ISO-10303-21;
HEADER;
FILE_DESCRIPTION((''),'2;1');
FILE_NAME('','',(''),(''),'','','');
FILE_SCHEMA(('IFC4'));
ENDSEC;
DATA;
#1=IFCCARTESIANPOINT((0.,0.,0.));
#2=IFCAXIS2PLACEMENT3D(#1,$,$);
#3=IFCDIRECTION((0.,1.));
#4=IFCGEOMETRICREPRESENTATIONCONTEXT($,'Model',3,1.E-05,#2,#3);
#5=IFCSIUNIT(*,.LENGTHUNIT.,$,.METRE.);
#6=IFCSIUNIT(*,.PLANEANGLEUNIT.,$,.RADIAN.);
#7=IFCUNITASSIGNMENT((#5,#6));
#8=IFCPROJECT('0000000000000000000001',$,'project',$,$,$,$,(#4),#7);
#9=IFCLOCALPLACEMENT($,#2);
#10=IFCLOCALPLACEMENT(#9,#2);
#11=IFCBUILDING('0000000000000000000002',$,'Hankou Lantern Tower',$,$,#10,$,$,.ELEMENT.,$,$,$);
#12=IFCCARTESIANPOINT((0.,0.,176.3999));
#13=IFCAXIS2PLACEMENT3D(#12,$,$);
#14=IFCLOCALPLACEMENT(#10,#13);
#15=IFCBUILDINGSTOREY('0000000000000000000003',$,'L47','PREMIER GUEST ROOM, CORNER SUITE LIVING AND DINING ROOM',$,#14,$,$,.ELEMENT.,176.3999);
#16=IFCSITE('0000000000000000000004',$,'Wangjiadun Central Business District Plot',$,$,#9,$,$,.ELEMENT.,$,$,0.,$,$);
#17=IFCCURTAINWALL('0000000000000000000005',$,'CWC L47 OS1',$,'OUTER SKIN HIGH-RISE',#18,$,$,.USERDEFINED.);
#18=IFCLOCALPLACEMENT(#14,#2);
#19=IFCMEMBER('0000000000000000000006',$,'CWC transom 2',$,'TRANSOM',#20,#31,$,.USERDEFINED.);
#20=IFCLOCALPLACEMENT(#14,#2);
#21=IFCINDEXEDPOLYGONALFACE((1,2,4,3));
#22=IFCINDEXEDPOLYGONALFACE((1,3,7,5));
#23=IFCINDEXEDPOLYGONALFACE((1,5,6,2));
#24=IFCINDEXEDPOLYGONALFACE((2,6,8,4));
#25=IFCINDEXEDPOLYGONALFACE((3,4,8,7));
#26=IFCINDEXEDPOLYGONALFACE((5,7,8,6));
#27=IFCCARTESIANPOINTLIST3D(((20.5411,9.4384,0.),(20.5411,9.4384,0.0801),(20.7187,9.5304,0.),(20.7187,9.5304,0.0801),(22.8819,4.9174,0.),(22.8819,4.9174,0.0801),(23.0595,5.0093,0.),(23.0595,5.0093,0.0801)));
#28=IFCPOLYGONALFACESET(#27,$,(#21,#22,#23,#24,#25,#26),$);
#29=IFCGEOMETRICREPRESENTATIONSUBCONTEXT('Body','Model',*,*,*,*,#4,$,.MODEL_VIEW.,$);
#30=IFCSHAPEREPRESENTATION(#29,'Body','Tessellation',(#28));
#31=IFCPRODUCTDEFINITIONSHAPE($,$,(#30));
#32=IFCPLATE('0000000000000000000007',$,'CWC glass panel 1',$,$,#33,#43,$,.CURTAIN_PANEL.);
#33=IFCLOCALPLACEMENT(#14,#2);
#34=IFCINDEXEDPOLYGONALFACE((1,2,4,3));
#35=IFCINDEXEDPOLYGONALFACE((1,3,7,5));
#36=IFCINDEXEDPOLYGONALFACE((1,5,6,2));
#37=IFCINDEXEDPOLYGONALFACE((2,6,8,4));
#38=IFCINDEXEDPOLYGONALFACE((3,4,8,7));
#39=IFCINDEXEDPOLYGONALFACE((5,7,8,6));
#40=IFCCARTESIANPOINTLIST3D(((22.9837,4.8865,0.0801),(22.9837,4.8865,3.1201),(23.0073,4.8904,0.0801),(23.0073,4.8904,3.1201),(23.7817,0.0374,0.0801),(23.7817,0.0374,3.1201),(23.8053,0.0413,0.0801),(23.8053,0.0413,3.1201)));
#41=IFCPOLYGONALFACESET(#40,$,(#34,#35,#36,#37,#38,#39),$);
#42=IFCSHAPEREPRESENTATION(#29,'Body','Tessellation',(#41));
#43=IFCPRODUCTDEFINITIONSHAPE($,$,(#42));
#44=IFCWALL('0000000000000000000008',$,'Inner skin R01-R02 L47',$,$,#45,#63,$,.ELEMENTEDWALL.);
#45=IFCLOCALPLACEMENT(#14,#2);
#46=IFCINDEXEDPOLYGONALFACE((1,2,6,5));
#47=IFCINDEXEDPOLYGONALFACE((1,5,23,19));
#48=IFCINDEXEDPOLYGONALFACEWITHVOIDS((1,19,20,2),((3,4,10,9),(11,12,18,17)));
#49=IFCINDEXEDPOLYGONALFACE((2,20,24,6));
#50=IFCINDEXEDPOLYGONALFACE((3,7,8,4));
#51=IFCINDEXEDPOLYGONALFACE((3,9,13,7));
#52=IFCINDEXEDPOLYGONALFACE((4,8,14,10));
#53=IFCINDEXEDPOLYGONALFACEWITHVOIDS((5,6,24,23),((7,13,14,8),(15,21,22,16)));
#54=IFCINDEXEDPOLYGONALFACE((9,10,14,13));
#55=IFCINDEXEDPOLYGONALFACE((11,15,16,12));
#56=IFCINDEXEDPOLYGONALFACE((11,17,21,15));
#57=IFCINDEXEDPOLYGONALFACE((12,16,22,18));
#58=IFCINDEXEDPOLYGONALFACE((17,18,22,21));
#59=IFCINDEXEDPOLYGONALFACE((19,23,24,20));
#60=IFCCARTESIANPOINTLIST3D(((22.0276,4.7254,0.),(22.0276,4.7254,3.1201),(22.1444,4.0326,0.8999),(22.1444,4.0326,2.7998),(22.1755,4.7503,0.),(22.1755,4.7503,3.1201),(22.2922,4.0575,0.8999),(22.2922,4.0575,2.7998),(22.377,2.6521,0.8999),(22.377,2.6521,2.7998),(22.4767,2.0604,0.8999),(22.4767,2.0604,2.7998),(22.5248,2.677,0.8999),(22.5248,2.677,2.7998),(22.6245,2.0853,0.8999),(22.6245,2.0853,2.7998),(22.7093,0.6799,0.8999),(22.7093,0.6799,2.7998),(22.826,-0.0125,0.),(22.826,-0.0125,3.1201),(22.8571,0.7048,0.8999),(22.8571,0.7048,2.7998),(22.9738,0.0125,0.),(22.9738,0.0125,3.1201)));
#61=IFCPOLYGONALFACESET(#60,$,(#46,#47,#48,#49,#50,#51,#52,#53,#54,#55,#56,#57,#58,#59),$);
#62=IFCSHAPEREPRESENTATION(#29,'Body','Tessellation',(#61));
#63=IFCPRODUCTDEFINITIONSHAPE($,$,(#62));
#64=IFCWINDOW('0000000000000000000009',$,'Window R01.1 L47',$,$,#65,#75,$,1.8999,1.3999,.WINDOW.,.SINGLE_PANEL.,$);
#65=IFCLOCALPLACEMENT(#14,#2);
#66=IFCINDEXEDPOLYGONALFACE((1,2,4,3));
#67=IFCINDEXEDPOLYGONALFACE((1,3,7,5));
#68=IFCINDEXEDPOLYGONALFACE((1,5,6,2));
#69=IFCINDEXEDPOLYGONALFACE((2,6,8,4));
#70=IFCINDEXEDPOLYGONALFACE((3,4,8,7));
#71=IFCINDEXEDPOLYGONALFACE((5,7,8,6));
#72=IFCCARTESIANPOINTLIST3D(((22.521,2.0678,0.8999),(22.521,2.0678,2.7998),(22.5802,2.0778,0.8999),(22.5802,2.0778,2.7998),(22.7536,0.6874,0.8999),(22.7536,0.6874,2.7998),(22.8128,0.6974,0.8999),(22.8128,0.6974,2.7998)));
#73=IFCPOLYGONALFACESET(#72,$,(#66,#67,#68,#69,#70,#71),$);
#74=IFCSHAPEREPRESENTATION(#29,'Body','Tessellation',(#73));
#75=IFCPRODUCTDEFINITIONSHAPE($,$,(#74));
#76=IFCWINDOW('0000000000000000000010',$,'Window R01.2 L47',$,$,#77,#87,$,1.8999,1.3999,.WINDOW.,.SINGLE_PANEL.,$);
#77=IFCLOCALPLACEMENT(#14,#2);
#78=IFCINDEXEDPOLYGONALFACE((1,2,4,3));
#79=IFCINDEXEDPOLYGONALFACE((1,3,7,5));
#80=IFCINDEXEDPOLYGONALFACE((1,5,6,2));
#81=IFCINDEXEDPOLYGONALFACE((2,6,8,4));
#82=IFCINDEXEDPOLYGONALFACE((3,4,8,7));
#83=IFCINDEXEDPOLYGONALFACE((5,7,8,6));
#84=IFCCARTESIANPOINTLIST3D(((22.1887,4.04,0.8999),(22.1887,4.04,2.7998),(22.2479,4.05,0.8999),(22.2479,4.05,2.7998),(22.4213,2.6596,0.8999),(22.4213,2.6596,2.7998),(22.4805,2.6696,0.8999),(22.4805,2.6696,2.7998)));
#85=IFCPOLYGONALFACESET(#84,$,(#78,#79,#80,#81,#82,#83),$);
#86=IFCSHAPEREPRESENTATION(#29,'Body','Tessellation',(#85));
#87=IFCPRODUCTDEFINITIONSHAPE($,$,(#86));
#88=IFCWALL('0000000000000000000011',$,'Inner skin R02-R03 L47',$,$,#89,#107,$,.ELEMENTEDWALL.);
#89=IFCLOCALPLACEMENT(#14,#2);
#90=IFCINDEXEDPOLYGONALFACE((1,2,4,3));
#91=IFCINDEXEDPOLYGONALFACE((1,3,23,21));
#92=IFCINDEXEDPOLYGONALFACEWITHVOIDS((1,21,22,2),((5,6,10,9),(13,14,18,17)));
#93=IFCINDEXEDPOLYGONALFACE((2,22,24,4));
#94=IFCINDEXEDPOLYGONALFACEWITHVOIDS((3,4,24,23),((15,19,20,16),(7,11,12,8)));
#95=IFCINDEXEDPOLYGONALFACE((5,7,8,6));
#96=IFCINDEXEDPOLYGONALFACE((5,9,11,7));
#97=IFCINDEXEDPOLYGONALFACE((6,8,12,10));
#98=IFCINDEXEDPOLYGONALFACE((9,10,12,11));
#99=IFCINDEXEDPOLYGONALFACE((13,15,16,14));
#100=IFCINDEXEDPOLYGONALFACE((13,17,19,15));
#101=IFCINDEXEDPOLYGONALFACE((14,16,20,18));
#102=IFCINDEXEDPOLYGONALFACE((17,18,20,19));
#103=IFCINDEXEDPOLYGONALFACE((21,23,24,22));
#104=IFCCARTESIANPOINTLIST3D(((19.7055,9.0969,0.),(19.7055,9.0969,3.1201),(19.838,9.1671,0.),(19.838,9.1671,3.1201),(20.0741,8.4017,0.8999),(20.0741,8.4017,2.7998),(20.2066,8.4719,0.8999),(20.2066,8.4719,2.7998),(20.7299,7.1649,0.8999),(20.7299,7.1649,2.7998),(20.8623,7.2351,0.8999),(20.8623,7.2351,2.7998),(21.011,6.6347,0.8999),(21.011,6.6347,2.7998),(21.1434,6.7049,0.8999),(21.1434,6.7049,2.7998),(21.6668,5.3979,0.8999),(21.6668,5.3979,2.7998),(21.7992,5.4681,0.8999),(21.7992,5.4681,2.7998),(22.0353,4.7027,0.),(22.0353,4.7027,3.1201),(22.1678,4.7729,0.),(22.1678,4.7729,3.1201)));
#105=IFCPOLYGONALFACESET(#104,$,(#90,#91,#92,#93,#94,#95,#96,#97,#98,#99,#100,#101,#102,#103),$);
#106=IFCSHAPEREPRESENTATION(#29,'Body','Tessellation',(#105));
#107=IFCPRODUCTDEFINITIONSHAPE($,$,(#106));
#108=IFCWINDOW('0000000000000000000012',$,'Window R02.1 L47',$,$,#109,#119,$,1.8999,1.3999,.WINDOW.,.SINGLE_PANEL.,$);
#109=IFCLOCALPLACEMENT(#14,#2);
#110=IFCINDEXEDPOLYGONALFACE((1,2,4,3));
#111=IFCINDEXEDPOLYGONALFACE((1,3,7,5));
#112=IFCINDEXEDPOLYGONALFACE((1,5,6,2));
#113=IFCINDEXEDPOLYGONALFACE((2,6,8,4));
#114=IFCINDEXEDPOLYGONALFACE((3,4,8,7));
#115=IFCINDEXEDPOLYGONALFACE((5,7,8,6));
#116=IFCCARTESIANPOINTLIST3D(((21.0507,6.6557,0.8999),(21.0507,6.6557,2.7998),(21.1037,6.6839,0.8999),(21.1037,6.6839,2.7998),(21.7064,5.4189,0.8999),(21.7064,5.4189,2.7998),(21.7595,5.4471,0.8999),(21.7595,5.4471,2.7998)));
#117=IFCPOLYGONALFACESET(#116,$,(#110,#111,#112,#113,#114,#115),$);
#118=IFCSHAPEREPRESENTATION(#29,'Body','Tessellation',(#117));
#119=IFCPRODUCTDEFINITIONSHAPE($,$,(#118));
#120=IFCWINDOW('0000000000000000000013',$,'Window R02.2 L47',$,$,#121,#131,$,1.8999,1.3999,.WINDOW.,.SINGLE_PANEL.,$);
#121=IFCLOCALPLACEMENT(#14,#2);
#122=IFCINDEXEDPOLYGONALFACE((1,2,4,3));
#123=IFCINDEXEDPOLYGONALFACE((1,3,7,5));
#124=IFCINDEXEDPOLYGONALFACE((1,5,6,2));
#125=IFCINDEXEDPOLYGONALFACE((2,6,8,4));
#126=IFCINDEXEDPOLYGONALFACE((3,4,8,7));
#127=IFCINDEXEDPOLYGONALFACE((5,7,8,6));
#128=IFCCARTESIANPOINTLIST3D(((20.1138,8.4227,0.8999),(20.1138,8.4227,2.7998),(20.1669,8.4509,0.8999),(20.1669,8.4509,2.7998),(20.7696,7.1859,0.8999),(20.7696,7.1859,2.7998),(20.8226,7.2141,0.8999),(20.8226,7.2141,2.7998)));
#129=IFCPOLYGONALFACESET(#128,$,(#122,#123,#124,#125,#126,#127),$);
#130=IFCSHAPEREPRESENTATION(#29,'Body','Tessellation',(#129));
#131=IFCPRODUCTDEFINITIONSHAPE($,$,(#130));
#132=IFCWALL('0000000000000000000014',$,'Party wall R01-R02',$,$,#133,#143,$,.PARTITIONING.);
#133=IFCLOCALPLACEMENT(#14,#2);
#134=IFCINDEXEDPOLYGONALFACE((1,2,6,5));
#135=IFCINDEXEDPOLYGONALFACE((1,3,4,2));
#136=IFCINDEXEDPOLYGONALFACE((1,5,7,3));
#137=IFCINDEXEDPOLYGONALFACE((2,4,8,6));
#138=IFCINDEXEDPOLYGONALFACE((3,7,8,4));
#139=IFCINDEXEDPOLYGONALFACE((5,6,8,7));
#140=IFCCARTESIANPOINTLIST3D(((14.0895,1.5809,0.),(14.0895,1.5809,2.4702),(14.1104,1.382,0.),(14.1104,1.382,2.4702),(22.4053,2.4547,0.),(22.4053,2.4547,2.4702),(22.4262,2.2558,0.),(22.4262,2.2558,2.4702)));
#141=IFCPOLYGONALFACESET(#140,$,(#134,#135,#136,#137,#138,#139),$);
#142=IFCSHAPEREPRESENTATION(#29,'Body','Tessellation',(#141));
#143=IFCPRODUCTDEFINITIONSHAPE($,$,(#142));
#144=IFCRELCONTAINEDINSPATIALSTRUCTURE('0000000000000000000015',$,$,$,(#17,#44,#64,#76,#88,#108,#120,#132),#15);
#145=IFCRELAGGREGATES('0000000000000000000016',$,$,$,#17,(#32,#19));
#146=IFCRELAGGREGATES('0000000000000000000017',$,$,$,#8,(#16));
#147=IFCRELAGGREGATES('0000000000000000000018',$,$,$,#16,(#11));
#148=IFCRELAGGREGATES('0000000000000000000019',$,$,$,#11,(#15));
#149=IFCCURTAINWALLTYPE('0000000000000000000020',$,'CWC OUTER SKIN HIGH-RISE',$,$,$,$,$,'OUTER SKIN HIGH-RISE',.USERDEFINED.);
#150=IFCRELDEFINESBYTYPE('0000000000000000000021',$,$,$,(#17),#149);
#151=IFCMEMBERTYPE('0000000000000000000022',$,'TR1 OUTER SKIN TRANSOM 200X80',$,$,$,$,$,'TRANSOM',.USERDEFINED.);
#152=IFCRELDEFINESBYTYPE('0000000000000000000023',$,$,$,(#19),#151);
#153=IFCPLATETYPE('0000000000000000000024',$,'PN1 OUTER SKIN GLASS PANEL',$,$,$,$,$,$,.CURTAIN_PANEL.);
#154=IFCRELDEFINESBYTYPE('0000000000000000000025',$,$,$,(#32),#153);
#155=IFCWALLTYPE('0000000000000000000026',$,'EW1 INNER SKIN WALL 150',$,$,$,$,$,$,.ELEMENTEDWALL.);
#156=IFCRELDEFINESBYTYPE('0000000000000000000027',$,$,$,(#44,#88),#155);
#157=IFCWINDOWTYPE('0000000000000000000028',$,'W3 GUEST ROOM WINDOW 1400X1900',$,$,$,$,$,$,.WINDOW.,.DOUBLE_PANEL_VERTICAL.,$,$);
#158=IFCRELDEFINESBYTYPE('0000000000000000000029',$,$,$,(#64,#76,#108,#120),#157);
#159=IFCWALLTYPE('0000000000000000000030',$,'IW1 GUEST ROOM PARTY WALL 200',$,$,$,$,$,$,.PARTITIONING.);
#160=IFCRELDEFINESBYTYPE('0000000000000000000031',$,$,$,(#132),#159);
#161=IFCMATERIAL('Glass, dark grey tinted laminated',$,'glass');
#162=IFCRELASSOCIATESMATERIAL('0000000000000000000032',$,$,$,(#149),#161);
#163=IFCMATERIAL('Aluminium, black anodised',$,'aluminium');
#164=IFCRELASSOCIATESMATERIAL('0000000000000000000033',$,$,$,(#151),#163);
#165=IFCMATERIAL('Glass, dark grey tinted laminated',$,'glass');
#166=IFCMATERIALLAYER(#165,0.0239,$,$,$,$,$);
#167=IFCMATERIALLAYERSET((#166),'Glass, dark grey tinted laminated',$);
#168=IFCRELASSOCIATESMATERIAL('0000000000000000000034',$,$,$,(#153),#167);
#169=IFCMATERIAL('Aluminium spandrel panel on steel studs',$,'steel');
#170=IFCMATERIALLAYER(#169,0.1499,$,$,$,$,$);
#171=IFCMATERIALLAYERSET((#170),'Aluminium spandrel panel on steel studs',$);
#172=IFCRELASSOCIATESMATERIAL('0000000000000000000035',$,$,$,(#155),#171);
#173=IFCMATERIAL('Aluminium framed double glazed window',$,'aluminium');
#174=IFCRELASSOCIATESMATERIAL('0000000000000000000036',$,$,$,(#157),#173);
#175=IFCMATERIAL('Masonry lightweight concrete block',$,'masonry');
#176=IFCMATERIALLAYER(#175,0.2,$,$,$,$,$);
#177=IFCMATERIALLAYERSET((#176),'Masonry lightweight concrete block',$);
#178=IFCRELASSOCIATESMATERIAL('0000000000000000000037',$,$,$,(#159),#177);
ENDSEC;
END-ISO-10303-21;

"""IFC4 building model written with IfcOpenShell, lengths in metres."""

from ifc_helpers import new_model, si_unit, direction, frame, frame_2d, origin, origin_2d, place, context, subcontext, project, spatial, rectangle, extrude, material, layer, layer_set, material_profile, profile_set, type_object, element, fill, aggregate, save


model = new_model("IFC4")

# Units and contexts
model_context = context("Model", 3, precision=1e-05, world=origin(), true_north=direction((0.0, 1.0)))
body_context = subcontext(model_context, "Body", "Model", "MODEL_VIEW")
ifc_project = project(units=[si_unit("LENGTHUNIT", "METRE"), si_unit("PLANEANGLEUNIT", "RADIAN")], contexts=[model_context])

# Site, building, storey
site_placement = place(None, origin())
site = spatial("IfcSite", under=ifc_project, at=site_placement, Name="Wangjiadun Central Business District Plot", CompositionType="ELEMENT", RefElevation=0.0)
building_placement = place(site_placement, origin())
building = spatial("IfcBuilding", under=site, at=building_placement, Name="Hankou Lantern Tower", CompositionType="ELEMENT")
storey_placement = place(building_placement, frame((0.0, 0.0, 176.3999)))
storey = spatial("IfcBuildingStorey", under=building, at=storey_placement, Name="L47", Description="PREMIER GUEST ROOM, CORNER SUITE LIVING AND DINING ROOM", CompositionType="ELEMENT", Elevation=176.3999)

# Curtain wall
ifc_material_1 = material(Name="Glass, dark grey tinted laminated", Category="glass")
curtain_wall_type = type_object("IfcCurtainWallType", Name="CWC OUTER SKIN HIGH-RISE", ElementType="OUTER SKIN HIGH-RISE", PredefinedType="USERDEFINED", material=ifc_material_1)
curtain_wall_placement = place(storey_placement, origin())
curtain_wall = element("IfcCurtainWall", 1, at=curtain_wall_placement, inside=storey, type_object=curtain_wall_type, Name="CWC L47 OS1", ObjectType="OUTER SKIN HIGH-RISE", PredefinedType="USERDEFINED")

# Member
ifc_material_2 = material(Name="Aluminium, black anodised", Category="aluminium")
ifc_material_profile_1 = material_profile(ifc_material_2, rectangle(XDim=0.2, YDim=0.0801, at=origin_2d()), Name="TR1 200X80")
ifc_profile_set_1 = profile_set([ifc_material_profile_1], Name="Aluminium, black anodised")
member_type_1 = type_object("IfcMemberType", Name="TR1 OUTER SKIN TRANSOM 200X80", ElementType="TRANSOM", PredefinedType="USERDEFINED", material=ifc_profile_set_1)
member_1_placement = place(storey_placement, frame((22.9707, 4.9634, 0.04), z_axis=(-0.459791, 0.888027, 0.0), x_axis=(-0.888027, -0.459791, 0.0)))
member_1 = element("IfcMember", 2, at=member_1_placement, type_object=member_type_1, Name="CWC transom 2", ObjectType="TRANSOM", PredefinedType="USERDEFINED", context=body_context, shape_type="SweptSolid", body=[
    extrude(rectangle(XDim=0.2, YDim=0.0801, at=origin_2d()), origin(), (0.0, 0.0, 1.0), 5.0911),
])

# Plate
ifc_material_3 = material(Name="Glass, dark grey tinted laminated", Category="glass")
ifc_layer_1 = layer(ifc_material_3, 0.0239)
ifc_layer_set_1 = layer_set([ifc_layer_1], Name="Glass, dark grey tinted laminated")
plate_type = type_object("IfcPlateType", Name="PN1 OUTER SKIN GLASS PANEL", PredefinedType="CURTAIN_PANEL", material=ifc_layer_set_1)
plate_placement = place(storey_placement, frame((23.3945, 2.4639, 0.0801), z_axis=(0.0, 0.0, 1.0), x_axis=(-0.162382, 0.986728, 0.0)))
plate = element("IfcPlate", 3, at=plate_placement, type_object=plate_type, Name="CWC glass panel 1", PredefinedType="CURTAIN_PANEL", context=body_context, shape_type="SweptSolid", body=[
    extrude(rectangle(XDim=4.9143, YDim=0.0239, at=origin_2d()), origin(), (0.0, 0.0, 1.0), 3.04),
])
aggregate(curtain_wall, [plate, member_1])

# Walls, openings, windows
ifc_material_4 = material(Name="Aluminium spandrel panel on steel studs", Category="steel")
ifc_layer_2 = layer(ifc_material_4, 0.1499)
ifc_layer_set_2 = layer_set([ifc_layer_2], Name="Aluminium spandrel panel on steel studs")
wall_type_1 = type_object("IfcWallType", Name="EW1 INNER SKIN WALL 150", PredefinedType="ELEMENTEDWALL", material=ifc_layer_set_2)
wall_1_placement = place(storey_placement, frame((22.8999, 0.0, 0.0), z_axis=(0.0, 0.0, 1.0), x_axis=(-0.166162, 0.986098, 0.0)))
wall_1 = element("IfcWall", 4, at=wall_1_placement, inside=storey, type_object=wall_type_1, Name="Inner skin R01-R02 L47", PredefinedType="ELEMENTEDWALL", context=body_context, shape_type="SweptSolid", body=[
    extrude(rectangle(XDim=4.8047, YDim=0.1499, at=frame_2d((2.4023, 0.0))), origin(), (0.0, 0.0, 1.0), 3.1201),
])
opening_1_placement = place(wall_1_placement, frame((0.7021, 0.0, 0.8999)))
opening_1 = element("IfcOpeningElement", 5, at=opening_1_placement, cuts=wall_1, PredefinedType="OPENING", context=body_context, shape_type="SweptSolid", body=[
    extrude(rectangle(XDim=1.3999, YDim=1.8999, at=frame_2d((0.7, 0.95))), frame((0.0, 0.085, 0.0), z_axis=(0.0, -1.0, 0.0), x_axis=(1.0, 0.0, 0.0)), (0.0, 0.0, 1.0), 0.1699),
])
opening_2_placement = place(wall_1_placement, frame((2.7021, 0.0, 0.8999)))
opening_2 = element("IfcOpeningElement", 6, at=opening_2_placement, cuts=wall_1, PredefinedType="OPENING", context=body_context, shape_type="SweptSolid", body=[
    extrude(rectangle(XDim=1.3999, YDim=1.8999, at=frame_2d((0.7, 0.95))), frame((0.0, 0.085, 0.0), z_axis=(0.0, -1.0, 0.0), x_axis=(1.0, 0.0, 0.0)), (0.0, 0.0, 1.0), 0.1699),
])
ifc_material_5 = material(Name="Aluminium framed double glazed window", Category="aluminium")
window_type = type_object("IfcWindowType", Name="W3 GUEST ROOM WINDOW 1400X1900", PartitioningType="DOUBLE_PANEL_VERTICAL", PredefinedType="WINDOW", material=ifc_material_5)
window_1_placement = place(opening_1_placement, origin())
window_1 = element("IfcWindow", 7, at=window_1_placement, inside=storey, type_object=window_type, Name="Window R01.1 L47", OverallHeight=1.8999, OverallWidth=1.3999, PartitioningType="SINGLE_PANEL", PredefinedType="WINDOW", context=body_context, shape_type="SweptSolid", body=[
    extrude(rectangle(XDim=1.3999, YDim=1.8999, at=frame_2d((0.7, 0.95))), frame((0.0, 0.03, 0.0), z_axis=(0.0, -1.0, 0.0), x_axis=(1.0, 0.0, 0.0)), (0.0, 0.0, 1.0), 0.0601),
])
fill(opening_1, window_1)
window_2_placement = place(opening_2_placement, origin())
window_2 = element("IfcWindow", 8, at=window_2_placement, inside=storey, type_object=window_type, Name="Window R01.2 L47", OverallHeight=1.8999, OverallWidth=1.3999, PartitioningType="SINGLE_PANEL", PredefinedType="WINDOW", context=body_context, shape_type="SweptSolid", body=[
    extrude(rectangle(XDim=1.3999, YDim=1.8999, at=frame_2d((0.7, 0.95))), frame((0.0, 0.03, 0.0), z_axis=(0.0, -1.0, 0.0), x_axis=(1.0, 0.0, 0.0)), (0.0, 0.0, 1.0), 0.0601),
])
fill(opening_2, window_2)
wall_2_placement = place(storey_placement, frame((22.1016, 4.7378, 0.0), z_axis=(0.0, 0.0, 1.0), x_axis=(-0.468429, 0.883501, 0.0)))
wall_2 = element("IfcWall", 9, at=wall_2_placement, inside=storey, type_object=wall_type_1, Name="Inner skin R02-R03 L47", PredefinedType="ELEMENTEDWALL", context=body_context, shape_type="SweptSolid", body=[
    extrude(rectangle(XDim=4.9736, YDim=0.1499, at=frame_2d((2.4868, 0.0))), origin(), (0.0, 0.0, 1.0), 3.1201),
])
opening_3_placement = place(wall_2_placement, frame((0.7869, 0.0, 0.8999)))
opening_3 = element("IfcOpeningElement", 10, at=opening_3_placement, cuts=wall_2, PredefinedType="OPENING", context=body_context, shape_type="SweptSolid", body=[
    extrude(rectangle(XDim=1.3999, YDim=1.8999, at=frame_2d((0.7, 0.95))), frame((0.0, 0.085, 0.0), z_axis=(0.0, -1.0, 0.0), x_axis=(1.0, 0.0, 0.0)), (0.0, 0.0, 1.0), 0.1699),
])
opening_4_placement = place(wall_2_placement, frame((2.7869, 0.0, 0.8999)))
opening_4 = element("IfcOpeningElement", 11, at=opening_4_placement, cuts=wall_2, PredefinedType="OPENING", context=body_context, shape_type="SweptSolid", body=[
    extrude(rectangle(XDim=1.3999, YDim=1.8999, at=frame_2d((0.7, 0.95))), frame((0.0, 0.085, 0.0), z_axis=(0.0, -1.0, 0.0), x_axis=(1.0, 0.0, 0.0)), (0.0, 0.0, 1.0), 0.1699),
])
window_3_placement = place(opening_3_placement, origin())
window_3 = element("IfcWindow", 12, at=window_3_placement, inside=storey, type_object=window_type, Name="Window R02.1 L47", OverallHeight=1.8999, OverallWidth=1.3999, PartitioningType="SINGLE_PANEL", PredefinedType="WINDOW", context=body_context, shape_type="SweptSolid", body=[
    extrude(rectangle(XDim=1.3999, YDim=1.8999, at=frame_2d((0.7, 0.95))), frame((0.0, 0.03, 0.0), z_axis=(0.0, -1.0, 0.0), x_axis=(1.0, 0.0, 0.0)), (0.0, 0.0, 1.0), 0.0601),
])
fill(opening_3, window_3)
window_4_placement = place(opening_4_placement, origin())
window_4 = element("IfcWindow", 13, at=window_4_placement, inside=storey, type_object=window_type, Name="Window R02.2 L47", OverallHeight=1.8999, OverallWidth=1.3999, PartitioningType="SINGLE_PANEL", PredefinedType="WINDOW", context=body_context, shape_type="SweptSolid", body=[
    extrude(rectangle(XDim=1.3999, YDim=1.8999, at=frame_2d((0.7, 0.95))), frame((0.0, 0.03, 0.0), z_axis=(0.0, -1.0, 0.0), x_axis=(1.0, 0.0, 0.0)), (0.0, 0.0, 1.0), 0.0601),
])
fill(opening_4, window_4)

# Wall
ifc_material_6 = material(Name="Masonry lightweight concrete block", Category="masonry")
ifc_layer_3 = layer(ifc_material_6, 0.2)
ifc_layer_set_3 = layer_set([ifc_layer_3], Name="Masonry lightweight concrete block")
wall_type_2 = type_object("IfcWallType", Name="IW1 GUEST ROOM PARTY WALL 200", PredefinedType="PARTITIONING", material=ifc_layer_set_3)
wall_3_placement = place(storey_placement, frame((14.1001, 1.4814, 0.0), z_axis=(0.0, 0.0, 1.0), x_axis=(0.994525, 0.104501, 0.0)))
element("IfcWall", 14, at=wall_3_placement, inside=storey, type_object=wall_type_2, Name="Party wall R01-R02", PredefinedType="PARTITIONING", context=body_context, shape_type="SweptSolid", body=[
    extrude(rectangle(XDim=8.3616, YDim=0.2, at=frame_2d((4.1807, 0.0))), origin(), (0.0, 0.0, 1.0), 2.4702),
])

save(model, "model.ifc")
